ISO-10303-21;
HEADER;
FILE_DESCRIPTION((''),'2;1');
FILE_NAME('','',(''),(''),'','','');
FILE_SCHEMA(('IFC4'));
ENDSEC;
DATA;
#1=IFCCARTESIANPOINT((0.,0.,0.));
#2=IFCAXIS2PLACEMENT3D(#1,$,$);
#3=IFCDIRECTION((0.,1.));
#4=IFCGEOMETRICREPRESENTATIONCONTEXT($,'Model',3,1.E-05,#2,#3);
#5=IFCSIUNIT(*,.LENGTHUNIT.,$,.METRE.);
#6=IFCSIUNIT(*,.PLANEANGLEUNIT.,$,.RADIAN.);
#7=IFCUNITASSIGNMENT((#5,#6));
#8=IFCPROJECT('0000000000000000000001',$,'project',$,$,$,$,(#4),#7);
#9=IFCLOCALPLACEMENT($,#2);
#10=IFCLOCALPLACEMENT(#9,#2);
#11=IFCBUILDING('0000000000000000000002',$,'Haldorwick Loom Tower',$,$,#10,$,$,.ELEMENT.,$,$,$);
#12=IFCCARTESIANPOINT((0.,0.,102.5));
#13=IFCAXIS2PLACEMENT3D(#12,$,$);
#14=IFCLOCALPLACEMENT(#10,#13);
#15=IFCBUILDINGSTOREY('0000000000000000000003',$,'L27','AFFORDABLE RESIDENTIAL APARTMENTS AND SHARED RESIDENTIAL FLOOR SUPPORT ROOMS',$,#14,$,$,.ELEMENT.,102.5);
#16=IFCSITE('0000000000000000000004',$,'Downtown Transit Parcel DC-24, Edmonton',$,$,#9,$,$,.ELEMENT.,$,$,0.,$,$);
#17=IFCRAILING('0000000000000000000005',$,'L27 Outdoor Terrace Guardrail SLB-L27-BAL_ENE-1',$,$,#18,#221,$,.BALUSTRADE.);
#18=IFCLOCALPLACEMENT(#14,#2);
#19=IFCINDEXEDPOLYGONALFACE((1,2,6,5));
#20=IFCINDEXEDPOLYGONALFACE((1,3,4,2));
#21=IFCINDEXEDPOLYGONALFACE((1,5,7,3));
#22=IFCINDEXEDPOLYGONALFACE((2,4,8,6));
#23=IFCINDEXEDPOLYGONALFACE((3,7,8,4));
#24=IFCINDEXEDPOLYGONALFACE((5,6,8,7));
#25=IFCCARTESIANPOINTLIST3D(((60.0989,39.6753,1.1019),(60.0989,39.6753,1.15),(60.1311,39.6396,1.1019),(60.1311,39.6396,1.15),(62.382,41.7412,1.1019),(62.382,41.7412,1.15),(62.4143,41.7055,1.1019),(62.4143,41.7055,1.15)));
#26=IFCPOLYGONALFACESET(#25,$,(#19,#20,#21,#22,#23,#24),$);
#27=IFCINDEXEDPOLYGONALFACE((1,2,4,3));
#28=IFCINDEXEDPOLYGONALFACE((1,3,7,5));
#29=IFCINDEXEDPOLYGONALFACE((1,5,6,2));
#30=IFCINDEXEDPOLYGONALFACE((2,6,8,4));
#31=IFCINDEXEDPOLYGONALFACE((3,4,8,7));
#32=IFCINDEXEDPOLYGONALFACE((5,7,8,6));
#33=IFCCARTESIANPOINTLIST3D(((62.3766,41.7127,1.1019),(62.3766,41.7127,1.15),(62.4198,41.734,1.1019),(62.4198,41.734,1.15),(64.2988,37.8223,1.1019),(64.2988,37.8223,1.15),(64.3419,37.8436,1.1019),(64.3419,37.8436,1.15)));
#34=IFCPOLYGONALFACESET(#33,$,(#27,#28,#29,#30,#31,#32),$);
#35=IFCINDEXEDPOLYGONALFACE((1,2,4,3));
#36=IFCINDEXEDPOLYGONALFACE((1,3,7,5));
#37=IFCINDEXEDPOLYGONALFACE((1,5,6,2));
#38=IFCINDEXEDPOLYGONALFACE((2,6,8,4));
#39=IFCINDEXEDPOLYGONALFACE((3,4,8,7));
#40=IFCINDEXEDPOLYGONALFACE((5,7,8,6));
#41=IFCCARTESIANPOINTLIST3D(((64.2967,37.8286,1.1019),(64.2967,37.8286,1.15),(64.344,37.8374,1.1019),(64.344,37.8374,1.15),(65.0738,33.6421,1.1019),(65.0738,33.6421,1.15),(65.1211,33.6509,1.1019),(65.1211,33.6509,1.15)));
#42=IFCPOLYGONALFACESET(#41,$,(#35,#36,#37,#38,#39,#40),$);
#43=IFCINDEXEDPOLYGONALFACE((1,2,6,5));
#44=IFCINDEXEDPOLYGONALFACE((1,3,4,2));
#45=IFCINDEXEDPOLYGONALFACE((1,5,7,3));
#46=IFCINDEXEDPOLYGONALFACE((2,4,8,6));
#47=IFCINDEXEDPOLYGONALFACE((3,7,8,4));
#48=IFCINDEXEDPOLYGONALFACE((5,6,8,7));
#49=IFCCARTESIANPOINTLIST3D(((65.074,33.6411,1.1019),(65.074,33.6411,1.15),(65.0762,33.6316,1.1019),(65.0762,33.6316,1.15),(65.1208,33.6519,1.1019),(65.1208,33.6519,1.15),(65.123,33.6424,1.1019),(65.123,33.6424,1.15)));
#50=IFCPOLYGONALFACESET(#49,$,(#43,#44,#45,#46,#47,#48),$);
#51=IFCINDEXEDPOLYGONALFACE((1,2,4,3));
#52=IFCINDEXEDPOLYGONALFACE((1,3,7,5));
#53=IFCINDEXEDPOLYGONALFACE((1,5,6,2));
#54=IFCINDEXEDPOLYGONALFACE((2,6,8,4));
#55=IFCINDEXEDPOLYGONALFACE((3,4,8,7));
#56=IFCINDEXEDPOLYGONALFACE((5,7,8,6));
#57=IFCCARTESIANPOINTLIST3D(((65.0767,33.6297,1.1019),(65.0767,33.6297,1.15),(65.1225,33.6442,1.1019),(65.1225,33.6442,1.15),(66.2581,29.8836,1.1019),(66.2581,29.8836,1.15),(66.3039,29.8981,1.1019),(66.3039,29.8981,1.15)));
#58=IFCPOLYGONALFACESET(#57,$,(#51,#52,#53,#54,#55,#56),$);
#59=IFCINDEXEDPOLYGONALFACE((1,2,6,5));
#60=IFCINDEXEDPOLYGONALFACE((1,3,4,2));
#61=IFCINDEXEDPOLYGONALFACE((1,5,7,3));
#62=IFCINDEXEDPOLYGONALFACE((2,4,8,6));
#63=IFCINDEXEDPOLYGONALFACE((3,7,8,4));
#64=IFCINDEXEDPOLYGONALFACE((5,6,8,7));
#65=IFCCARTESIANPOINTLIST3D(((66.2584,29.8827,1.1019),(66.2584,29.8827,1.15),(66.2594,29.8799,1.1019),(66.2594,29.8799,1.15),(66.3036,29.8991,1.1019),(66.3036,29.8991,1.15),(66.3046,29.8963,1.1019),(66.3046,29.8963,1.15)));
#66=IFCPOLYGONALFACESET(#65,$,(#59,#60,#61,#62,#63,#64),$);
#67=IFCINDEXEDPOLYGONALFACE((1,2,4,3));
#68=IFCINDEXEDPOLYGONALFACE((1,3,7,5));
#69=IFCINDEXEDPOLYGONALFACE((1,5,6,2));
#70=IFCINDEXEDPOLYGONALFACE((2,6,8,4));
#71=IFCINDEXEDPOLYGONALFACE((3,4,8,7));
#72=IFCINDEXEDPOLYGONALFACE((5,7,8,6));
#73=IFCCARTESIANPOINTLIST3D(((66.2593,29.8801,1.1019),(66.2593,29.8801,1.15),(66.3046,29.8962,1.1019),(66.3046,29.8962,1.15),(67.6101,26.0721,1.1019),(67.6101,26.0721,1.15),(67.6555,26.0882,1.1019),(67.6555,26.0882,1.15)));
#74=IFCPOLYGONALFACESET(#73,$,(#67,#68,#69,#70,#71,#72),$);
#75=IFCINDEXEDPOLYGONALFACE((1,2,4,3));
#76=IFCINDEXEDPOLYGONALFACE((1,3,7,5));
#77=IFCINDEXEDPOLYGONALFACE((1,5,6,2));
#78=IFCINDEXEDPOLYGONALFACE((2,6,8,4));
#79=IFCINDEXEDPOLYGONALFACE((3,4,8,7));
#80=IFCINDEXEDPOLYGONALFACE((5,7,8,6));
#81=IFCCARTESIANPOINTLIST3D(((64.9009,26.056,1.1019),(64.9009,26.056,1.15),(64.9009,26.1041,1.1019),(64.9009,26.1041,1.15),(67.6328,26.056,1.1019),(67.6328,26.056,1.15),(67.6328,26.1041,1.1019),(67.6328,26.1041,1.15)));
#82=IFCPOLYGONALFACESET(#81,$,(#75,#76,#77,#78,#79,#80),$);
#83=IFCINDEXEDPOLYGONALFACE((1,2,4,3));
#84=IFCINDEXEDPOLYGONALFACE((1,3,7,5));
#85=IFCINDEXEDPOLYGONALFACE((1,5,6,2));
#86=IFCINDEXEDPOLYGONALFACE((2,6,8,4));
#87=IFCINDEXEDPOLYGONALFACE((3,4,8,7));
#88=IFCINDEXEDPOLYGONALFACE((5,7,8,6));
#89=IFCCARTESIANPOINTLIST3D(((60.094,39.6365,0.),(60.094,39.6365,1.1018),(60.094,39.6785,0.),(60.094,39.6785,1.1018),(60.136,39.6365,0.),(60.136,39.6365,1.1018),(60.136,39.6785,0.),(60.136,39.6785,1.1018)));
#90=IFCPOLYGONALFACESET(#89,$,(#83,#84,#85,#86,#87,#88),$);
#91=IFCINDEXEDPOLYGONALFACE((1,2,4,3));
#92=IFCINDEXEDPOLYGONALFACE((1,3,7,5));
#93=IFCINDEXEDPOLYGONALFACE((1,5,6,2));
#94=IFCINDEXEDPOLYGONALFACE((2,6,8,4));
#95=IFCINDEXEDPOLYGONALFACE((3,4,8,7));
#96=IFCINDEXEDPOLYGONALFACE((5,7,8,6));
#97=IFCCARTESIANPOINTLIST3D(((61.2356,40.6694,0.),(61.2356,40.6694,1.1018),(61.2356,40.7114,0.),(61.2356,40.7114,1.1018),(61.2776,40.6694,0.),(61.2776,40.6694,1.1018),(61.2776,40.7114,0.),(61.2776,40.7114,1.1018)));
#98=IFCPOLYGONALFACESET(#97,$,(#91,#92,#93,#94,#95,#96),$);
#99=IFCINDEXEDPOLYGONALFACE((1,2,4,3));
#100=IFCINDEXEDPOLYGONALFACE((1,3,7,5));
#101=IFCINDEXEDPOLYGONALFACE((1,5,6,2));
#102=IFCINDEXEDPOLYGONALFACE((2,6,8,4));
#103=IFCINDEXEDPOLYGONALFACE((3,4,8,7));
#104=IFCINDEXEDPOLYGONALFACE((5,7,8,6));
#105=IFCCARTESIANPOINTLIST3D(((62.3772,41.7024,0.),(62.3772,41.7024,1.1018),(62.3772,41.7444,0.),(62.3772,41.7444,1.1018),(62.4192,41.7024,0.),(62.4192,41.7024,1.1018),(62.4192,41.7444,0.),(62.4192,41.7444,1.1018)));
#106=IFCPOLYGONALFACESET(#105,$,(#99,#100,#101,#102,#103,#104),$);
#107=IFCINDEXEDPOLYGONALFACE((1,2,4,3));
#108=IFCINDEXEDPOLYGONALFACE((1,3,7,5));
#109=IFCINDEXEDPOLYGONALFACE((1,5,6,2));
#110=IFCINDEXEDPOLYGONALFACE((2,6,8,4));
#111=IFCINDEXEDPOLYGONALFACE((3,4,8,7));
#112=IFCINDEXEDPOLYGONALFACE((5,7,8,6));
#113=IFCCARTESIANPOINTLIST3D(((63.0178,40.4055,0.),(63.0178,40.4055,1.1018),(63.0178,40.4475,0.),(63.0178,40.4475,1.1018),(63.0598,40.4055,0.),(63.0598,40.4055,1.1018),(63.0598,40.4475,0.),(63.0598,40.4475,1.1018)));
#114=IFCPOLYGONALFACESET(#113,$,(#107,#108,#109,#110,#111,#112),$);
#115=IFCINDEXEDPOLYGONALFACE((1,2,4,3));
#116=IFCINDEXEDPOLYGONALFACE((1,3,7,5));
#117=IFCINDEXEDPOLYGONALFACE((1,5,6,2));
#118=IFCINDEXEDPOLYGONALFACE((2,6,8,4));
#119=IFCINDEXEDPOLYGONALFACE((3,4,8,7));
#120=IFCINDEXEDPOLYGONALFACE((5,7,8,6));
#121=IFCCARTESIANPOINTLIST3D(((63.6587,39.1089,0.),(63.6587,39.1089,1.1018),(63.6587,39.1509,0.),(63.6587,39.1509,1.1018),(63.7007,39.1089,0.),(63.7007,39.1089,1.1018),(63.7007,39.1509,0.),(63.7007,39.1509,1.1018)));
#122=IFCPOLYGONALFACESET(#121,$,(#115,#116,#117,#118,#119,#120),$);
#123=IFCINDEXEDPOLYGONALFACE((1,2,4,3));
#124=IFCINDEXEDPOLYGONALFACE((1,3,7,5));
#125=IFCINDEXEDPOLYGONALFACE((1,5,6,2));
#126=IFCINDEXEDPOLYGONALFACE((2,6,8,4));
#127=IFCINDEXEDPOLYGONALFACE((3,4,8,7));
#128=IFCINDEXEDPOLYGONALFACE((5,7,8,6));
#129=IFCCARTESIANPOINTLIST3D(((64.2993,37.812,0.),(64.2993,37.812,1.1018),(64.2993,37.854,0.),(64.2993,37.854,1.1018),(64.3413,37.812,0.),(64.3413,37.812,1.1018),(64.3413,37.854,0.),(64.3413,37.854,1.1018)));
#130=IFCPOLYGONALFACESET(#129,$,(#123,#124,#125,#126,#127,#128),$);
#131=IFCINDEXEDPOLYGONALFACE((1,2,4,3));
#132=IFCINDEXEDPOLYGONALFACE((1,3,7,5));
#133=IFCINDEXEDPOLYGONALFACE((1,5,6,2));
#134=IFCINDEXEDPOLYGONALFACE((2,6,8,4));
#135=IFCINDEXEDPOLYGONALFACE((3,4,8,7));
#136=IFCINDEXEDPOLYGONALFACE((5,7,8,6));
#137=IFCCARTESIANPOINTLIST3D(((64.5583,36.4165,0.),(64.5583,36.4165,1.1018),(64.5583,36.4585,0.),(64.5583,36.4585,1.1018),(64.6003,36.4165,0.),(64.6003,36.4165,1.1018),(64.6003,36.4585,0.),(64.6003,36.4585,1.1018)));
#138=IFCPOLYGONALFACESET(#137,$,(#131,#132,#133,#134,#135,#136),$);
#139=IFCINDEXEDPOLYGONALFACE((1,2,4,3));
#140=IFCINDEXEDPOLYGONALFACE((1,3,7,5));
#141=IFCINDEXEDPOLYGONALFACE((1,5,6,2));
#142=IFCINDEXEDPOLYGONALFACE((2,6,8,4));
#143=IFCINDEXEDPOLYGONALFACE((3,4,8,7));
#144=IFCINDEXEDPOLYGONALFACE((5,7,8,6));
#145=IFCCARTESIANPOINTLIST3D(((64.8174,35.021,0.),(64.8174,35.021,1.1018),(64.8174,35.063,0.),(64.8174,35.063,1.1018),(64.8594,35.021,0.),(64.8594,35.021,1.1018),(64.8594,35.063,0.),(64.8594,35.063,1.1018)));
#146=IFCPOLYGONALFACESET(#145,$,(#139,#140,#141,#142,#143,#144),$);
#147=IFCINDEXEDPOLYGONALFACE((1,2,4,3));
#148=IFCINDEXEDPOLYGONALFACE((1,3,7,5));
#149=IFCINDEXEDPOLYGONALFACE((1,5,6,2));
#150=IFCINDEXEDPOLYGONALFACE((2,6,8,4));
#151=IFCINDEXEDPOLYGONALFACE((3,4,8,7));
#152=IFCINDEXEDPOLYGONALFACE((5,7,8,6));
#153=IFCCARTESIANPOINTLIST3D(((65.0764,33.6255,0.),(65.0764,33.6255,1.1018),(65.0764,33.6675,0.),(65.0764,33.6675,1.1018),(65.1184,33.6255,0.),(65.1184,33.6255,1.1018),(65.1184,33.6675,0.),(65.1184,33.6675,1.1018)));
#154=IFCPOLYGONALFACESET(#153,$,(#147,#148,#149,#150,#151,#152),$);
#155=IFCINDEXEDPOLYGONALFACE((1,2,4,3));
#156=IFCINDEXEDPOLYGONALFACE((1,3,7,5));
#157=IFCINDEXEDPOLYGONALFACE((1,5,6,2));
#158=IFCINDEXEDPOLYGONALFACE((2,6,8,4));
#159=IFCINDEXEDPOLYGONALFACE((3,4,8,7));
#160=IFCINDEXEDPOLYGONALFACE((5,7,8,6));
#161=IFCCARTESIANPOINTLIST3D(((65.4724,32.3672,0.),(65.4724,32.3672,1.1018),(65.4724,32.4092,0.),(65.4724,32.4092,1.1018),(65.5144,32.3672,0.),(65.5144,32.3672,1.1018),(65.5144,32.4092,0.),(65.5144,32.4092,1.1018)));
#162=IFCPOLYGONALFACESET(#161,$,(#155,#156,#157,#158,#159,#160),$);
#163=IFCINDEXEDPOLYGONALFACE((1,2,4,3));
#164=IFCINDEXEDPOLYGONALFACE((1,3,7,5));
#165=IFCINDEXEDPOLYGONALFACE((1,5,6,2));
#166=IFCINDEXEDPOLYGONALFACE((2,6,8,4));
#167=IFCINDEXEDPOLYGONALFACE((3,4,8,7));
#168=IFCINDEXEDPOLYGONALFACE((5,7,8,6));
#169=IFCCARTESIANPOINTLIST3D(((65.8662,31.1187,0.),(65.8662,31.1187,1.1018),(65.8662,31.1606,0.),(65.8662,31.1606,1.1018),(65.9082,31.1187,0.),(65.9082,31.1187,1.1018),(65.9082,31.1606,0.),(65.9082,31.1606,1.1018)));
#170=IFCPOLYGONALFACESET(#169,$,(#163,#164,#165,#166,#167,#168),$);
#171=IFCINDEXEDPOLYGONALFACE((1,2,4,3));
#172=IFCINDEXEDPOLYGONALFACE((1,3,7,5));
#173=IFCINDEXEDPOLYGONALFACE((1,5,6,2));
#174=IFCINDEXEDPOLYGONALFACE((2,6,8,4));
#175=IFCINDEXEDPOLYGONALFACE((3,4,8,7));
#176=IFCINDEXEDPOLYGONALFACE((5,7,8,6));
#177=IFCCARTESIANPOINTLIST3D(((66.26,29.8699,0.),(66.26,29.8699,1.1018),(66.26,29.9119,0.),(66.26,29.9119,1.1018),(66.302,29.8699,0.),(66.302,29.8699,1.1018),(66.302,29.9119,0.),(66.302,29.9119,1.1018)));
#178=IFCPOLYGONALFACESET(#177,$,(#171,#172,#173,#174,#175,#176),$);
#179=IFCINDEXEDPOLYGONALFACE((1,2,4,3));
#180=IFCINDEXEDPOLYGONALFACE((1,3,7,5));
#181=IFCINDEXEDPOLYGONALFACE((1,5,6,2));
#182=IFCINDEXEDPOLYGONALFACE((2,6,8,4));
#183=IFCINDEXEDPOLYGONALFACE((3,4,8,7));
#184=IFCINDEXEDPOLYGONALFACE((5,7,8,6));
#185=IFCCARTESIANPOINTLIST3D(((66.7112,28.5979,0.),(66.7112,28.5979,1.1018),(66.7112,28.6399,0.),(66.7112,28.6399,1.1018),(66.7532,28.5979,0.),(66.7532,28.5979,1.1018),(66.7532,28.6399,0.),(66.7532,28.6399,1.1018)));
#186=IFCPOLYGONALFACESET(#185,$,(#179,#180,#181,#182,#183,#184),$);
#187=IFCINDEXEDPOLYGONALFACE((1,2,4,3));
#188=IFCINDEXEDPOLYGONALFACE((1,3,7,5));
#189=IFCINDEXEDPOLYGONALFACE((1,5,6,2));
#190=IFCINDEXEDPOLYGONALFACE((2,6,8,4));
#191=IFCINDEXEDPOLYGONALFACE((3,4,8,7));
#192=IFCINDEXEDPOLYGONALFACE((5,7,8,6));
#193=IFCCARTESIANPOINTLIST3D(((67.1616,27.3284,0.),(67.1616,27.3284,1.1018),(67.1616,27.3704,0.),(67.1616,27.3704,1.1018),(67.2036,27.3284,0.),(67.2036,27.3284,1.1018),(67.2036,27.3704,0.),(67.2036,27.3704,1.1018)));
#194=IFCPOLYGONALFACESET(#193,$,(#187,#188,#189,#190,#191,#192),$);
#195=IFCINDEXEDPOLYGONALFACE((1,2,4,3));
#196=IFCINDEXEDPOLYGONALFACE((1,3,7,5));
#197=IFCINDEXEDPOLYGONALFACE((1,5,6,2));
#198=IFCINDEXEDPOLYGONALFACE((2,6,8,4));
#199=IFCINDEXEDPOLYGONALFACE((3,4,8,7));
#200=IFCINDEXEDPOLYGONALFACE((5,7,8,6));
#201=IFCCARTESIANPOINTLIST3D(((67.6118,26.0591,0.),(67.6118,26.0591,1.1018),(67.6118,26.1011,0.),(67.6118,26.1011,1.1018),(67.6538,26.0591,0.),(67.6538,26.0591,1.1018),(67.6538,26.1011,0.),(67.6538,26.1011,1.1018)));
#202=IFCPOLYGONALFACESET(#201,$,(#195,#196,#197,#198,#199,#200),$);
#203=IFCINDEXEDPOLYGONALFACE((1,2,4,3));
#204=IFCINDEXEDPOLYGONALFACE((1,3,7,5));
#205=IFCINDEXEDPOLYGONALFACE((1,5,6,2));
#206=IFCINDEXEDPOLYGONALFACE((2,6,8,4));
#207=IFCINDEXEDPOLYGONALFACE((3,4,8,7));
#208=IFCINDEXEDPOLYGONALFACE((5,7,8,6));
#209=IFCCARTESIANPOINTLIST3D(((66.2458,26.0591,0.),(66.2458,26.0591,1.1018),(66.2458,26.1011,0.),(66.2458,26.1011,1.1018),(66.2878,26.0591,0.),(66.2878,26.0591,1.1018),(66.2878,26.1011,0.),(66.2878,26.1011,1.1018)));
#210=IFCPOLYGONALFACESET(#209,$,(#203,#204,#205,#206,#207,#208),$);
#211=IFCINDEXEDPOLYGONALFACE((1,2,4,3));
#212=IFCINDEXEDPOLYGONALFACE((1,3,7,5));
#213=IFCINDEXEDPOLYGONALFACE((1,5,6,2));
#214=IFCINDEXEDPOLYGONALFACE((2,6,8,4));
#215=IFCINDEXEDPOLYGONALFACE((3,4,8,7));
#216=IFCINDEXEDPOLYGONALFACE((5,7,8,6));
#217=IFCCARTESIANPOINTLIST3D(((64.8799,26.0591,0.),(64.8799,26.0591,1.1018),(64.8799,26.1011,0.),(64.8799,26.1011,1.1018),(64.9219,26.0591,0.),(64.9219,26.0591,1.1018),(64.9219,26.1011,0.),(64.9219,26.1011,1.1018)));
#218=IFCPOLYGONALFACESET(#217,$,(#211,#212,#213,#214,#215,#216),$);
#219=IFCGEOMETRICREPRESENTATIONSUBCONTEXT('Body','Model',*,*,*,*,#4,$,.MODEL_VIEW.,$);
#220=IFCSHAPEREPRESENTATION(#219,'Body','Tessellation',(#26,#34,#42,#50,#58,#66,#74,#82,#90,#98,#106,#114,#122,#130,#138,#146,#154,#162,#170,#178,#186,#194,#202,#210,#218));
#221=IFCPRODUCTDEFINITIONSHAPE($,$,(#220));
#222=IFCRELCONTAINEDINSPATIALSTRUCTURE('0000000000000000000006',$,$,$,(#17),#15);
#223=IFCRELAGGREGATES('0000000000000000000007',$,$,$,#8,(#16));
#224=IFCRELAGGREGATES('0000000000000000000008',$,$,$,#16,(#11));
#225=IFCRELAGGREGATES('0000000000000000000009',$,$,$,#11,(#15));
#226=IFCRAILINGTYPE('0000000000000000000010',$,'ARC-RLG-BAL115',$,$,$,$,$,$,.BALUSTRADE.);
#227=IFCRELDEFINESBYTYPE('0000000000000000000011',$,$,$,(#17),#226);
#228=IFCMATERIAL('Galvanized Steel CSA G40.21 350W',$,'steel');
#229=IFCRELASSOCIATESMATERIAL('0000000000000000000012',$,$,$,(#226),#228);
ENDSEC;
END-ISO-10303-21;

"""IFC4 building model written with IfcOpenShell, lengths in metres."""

from ifc_helpers import new_model, si_unit, direction, frame, origin, origin_2d, place, context, subcontext, project, spatial, rectangle, extrude, material, type_object, element, save


model = new_model("IFC4")

# Units and contexts
model_context = context("Model", 3, precision=1e-05, world=origin(), true_north=direction((0.0, 1.0)))
body_context = subcontext(model_context, "Body", "Model", "MODEL_VIEW")
ifc_project = project(units=[si_unit("LENGTHUNIT", "METRE"), si_unit("PLANEANGLEUNIT", "RADIAN")], contexts=[model_context])

# Site, building, storey
site_placement = place(None, origin())
site = spatial("IfcSite", under=ifc_project, at=site_placement, Name="Downtown Transit Parcel DC-24, Edmonton", CompositionType="ELEMENT", RefElevation=0.0)
building_placement = place(site_placement, origin())
building = spatial("IfcBuilding", under=site, at=building_placement, Name="Haldorwick Loom Tower", CompositionType="ELEMENT")
storey_placement = place(building_placement, frame((0.0, 0.0, 102.5)))
storey = spatial("IfcBuildingStorey", under=building, at=storey_placement, Name="L27", Description="AFFORDABLE RESIDENTIAL APARTMENTS AND SHARED RESIDENTIAL FLOOR SUPPORT ROOMS", CompositionType="ELEMENT", Elevation=102.5)

# Railing
ifc_material_1 = material(Name="Galvanized Steel CSA G40.21 350W", Category="steel")
railing_type_1 = type_object("IfcRailingType", Name="ARC-RLG-BAL115", PredefinedType="BALUSTRADE", material=ifc_material_1)
railing_1_placement = place(storey_placement, frame((60.115, 39.6575, 0.0)))
element("IfcRailing", 1, at=railing_1_placement, inside=storey, type_object=railing_type_1, Name="L27 Outdoor Terrace Guardrail SLB-L27-BAL_ENE-1", PredefinedType="BALUSTRADE", context=body_context, shape_type="SweptSolid", body=[
    extrude(rectangle(XDim=0.0481, YDim=0.0481, at=origin_2d()), frame((0.0, 0.0, 1.126), z_axis=(0.741509, 0.670942, 0.0), x_axis=(-0.670942, 0.741509, 0.0)), (0.0, 0.0, 1.0), 3.0791),
    extrude(rectangle(XDim=0.0481, YDim=0.0481, at=origin_2d()), frame((2.2832, 2.0659, 1.126), z_axis=(0.442955, -0.896544, 0.0), x_axis=(0.896544, 0.442955, 0.0)), (0.0, 0.0, 1.0), 4.3394),
    extrude(rectangle(XDim=0.0481, YDim=0.0481, at=origin_2d()), frame((4.2053, -1.8245, 1.126), z_axis=(0.182502, -0.983205, 0.0), x_axis=(0.983205, 0.182502, 0.0)), (0.0, 0.0, 1.0), 4.2581),
    extrude(rectangle(XDim=0.0481, YDim=0.0481, at=origin_2d()), frame((4.9824, -6.011, 1.126), z_axis=(0.22486, -0.974391, 0.0), x_axis=(0.974391, 0.22486, 0.0)), (0.0, 0.0, 1.0), 0.0098),
    extrude(rectangle(XDim=0.0481, YDim=0.0481, at=origin_2d()), frame((4.9846, -6.0205, 1.126), z_axis=(0.300765, -0.953698, 0.0), x_axis=(0.953698, 0.300765, 0.0)), (0.0, 0.0, 1.0), 3.928),
    extrude(rectangle(XDim=0.0481, YDim=0.0481, at=origin_2d()), frame((6.166, -9.7666, 1.126), z_axis=(0.341743, -0.939793, 0.0), x_axis=(0.939793, 0.341743, 0.0)), (0.0, 0.0, 1.0), 0.0029),
    extrude(rectangle(XDim=0.0481, YDim=0.0481, at=origin_2d()), frame((6.167, -9.7693, 1.126), z_axis=(0.334315, -0.942462, 0.0), x_axis=(0.942462, 0.334315, 0.0)), (0.0, 0.0, 1.0), 4.0405),
    extrude(rectangle(XDim=0.0481, YDim=0.0481, at=origin_2d()), frame((7.5178, -13.5774, 1.126), z_axis=(-1.0, 0.0, 0.0), x_axis=(0.0, -1.0, 0.0)), (0.0, 0.0, 1.0), 2.7319),
    extrude(rectangle(XDim=0.042, YDim=0.042, at=origin_2d()), origin(), (0.0, 0.0, 1.0), 1.1018),
    extrude(rectangle(XDim=0.042, YDim=0.042, at=origin_2d()), frame((1.1416, 1.033, 0.0)), (0.0, 0.0, 1.0), 1.1018),
    extrude(rectangle(XDim=0.042, YDim=0.042, at=origin_2d()), frame((2.2832, 2.0659, 0.0)), (0.0, 0.0, 1.0), 1.1018),
    extrude(rectangle(XDim=0.042, YDim=0.042, at=origin_2d()), frame((2.9238, 0.769, 0.0)), (0.0, 0.0, 1.0), 1.1018),
    extrude(rectangle(XDim=0.042, YDim=0.042, at=origin_2d()), frame((3.5647, -0.5276, 0.0)), (0.0, 0.0, 1.0), 1.1018),
    extrude(rectangle(XDim=0.042, YDim=0.042, at=origin_2d()), frame((4.2053, -1.8245, 0.0)), (0.0, 0.0, 1.0), 1.1018),
    extrude(rectangle(XDim=0.042, YDim=0.042, at=origin_2d()), frame((4.4644, -3.22, 0.0)), (0.0, 0.0, 1.0), 1.1018),
    extrude(rectangle(XDim=0.042, YDim=0.042, at=origin_2d()), frame((4.7234, -4.6155, 0.0)), (0.0, 0.0, 1.0), 1.1018),
    extrude(rectangle(XDim=0.042, YDim=0.042, at=origin_2d()), frame((4.9824, -6.011, 0.0)), (0.0, 0.0, 1.0), 1.1018),
    extrude(rectangle(XDim=0.042, YDim=0.042, at=origin_2d()), frame((5.3784, -7.2693, 0.0)), (0.0, 0.0, 1.0), 1.1018),
    extrude(rectangle(XDim=0.042, YDim=0.042, at=origin_2d()), frame((5.7722, -8.5178, 0.0)), (0.0, 0.0, 1.0), 1.1018),
    extrude(rectangle(XDim=0.042, YDim=0.042, at=origin_2d()), frame((6.166, -9.7666, 0.0)), (0.0, 0.0, 1.0), 1.1018),
    extrude(rectangle(XDim=0.042, YDim=0.042, at=origin_2d()), frame((6.6172, -11.0386, 0.0)), (0.0, 0.0, 1.0), 1.1018),
    extrude(rectangle(XDim=0.042, YDim=0.042, at=origin_2d()), frame((7.0676, -12.3081, 0.0)), (0.0, 0.0, 1.0), 1.1018),
    extrude(rectangle(XDim=0.042, YDim=0.042, at=origin_2d()), frame((7.5178, -13.5774, 0.0)), (0.0, 0.0, 1.0), 1.1018),
    extrude(rectangle(XDim=0.042, YDim=0.042, at=origin_2d()), frame((6.1519, -13.5774, 0.0)), (0.0, 0.0, 1.0), 1.1018),
    extrude(rectangle(XDim=0.042, YDim=0.042, at=origin_2d()), frame((4.7859, -13.5774, 0.0)), (0.0, 0.0, 1.0), 1.1018),
])

save(model, "model.ifc")
